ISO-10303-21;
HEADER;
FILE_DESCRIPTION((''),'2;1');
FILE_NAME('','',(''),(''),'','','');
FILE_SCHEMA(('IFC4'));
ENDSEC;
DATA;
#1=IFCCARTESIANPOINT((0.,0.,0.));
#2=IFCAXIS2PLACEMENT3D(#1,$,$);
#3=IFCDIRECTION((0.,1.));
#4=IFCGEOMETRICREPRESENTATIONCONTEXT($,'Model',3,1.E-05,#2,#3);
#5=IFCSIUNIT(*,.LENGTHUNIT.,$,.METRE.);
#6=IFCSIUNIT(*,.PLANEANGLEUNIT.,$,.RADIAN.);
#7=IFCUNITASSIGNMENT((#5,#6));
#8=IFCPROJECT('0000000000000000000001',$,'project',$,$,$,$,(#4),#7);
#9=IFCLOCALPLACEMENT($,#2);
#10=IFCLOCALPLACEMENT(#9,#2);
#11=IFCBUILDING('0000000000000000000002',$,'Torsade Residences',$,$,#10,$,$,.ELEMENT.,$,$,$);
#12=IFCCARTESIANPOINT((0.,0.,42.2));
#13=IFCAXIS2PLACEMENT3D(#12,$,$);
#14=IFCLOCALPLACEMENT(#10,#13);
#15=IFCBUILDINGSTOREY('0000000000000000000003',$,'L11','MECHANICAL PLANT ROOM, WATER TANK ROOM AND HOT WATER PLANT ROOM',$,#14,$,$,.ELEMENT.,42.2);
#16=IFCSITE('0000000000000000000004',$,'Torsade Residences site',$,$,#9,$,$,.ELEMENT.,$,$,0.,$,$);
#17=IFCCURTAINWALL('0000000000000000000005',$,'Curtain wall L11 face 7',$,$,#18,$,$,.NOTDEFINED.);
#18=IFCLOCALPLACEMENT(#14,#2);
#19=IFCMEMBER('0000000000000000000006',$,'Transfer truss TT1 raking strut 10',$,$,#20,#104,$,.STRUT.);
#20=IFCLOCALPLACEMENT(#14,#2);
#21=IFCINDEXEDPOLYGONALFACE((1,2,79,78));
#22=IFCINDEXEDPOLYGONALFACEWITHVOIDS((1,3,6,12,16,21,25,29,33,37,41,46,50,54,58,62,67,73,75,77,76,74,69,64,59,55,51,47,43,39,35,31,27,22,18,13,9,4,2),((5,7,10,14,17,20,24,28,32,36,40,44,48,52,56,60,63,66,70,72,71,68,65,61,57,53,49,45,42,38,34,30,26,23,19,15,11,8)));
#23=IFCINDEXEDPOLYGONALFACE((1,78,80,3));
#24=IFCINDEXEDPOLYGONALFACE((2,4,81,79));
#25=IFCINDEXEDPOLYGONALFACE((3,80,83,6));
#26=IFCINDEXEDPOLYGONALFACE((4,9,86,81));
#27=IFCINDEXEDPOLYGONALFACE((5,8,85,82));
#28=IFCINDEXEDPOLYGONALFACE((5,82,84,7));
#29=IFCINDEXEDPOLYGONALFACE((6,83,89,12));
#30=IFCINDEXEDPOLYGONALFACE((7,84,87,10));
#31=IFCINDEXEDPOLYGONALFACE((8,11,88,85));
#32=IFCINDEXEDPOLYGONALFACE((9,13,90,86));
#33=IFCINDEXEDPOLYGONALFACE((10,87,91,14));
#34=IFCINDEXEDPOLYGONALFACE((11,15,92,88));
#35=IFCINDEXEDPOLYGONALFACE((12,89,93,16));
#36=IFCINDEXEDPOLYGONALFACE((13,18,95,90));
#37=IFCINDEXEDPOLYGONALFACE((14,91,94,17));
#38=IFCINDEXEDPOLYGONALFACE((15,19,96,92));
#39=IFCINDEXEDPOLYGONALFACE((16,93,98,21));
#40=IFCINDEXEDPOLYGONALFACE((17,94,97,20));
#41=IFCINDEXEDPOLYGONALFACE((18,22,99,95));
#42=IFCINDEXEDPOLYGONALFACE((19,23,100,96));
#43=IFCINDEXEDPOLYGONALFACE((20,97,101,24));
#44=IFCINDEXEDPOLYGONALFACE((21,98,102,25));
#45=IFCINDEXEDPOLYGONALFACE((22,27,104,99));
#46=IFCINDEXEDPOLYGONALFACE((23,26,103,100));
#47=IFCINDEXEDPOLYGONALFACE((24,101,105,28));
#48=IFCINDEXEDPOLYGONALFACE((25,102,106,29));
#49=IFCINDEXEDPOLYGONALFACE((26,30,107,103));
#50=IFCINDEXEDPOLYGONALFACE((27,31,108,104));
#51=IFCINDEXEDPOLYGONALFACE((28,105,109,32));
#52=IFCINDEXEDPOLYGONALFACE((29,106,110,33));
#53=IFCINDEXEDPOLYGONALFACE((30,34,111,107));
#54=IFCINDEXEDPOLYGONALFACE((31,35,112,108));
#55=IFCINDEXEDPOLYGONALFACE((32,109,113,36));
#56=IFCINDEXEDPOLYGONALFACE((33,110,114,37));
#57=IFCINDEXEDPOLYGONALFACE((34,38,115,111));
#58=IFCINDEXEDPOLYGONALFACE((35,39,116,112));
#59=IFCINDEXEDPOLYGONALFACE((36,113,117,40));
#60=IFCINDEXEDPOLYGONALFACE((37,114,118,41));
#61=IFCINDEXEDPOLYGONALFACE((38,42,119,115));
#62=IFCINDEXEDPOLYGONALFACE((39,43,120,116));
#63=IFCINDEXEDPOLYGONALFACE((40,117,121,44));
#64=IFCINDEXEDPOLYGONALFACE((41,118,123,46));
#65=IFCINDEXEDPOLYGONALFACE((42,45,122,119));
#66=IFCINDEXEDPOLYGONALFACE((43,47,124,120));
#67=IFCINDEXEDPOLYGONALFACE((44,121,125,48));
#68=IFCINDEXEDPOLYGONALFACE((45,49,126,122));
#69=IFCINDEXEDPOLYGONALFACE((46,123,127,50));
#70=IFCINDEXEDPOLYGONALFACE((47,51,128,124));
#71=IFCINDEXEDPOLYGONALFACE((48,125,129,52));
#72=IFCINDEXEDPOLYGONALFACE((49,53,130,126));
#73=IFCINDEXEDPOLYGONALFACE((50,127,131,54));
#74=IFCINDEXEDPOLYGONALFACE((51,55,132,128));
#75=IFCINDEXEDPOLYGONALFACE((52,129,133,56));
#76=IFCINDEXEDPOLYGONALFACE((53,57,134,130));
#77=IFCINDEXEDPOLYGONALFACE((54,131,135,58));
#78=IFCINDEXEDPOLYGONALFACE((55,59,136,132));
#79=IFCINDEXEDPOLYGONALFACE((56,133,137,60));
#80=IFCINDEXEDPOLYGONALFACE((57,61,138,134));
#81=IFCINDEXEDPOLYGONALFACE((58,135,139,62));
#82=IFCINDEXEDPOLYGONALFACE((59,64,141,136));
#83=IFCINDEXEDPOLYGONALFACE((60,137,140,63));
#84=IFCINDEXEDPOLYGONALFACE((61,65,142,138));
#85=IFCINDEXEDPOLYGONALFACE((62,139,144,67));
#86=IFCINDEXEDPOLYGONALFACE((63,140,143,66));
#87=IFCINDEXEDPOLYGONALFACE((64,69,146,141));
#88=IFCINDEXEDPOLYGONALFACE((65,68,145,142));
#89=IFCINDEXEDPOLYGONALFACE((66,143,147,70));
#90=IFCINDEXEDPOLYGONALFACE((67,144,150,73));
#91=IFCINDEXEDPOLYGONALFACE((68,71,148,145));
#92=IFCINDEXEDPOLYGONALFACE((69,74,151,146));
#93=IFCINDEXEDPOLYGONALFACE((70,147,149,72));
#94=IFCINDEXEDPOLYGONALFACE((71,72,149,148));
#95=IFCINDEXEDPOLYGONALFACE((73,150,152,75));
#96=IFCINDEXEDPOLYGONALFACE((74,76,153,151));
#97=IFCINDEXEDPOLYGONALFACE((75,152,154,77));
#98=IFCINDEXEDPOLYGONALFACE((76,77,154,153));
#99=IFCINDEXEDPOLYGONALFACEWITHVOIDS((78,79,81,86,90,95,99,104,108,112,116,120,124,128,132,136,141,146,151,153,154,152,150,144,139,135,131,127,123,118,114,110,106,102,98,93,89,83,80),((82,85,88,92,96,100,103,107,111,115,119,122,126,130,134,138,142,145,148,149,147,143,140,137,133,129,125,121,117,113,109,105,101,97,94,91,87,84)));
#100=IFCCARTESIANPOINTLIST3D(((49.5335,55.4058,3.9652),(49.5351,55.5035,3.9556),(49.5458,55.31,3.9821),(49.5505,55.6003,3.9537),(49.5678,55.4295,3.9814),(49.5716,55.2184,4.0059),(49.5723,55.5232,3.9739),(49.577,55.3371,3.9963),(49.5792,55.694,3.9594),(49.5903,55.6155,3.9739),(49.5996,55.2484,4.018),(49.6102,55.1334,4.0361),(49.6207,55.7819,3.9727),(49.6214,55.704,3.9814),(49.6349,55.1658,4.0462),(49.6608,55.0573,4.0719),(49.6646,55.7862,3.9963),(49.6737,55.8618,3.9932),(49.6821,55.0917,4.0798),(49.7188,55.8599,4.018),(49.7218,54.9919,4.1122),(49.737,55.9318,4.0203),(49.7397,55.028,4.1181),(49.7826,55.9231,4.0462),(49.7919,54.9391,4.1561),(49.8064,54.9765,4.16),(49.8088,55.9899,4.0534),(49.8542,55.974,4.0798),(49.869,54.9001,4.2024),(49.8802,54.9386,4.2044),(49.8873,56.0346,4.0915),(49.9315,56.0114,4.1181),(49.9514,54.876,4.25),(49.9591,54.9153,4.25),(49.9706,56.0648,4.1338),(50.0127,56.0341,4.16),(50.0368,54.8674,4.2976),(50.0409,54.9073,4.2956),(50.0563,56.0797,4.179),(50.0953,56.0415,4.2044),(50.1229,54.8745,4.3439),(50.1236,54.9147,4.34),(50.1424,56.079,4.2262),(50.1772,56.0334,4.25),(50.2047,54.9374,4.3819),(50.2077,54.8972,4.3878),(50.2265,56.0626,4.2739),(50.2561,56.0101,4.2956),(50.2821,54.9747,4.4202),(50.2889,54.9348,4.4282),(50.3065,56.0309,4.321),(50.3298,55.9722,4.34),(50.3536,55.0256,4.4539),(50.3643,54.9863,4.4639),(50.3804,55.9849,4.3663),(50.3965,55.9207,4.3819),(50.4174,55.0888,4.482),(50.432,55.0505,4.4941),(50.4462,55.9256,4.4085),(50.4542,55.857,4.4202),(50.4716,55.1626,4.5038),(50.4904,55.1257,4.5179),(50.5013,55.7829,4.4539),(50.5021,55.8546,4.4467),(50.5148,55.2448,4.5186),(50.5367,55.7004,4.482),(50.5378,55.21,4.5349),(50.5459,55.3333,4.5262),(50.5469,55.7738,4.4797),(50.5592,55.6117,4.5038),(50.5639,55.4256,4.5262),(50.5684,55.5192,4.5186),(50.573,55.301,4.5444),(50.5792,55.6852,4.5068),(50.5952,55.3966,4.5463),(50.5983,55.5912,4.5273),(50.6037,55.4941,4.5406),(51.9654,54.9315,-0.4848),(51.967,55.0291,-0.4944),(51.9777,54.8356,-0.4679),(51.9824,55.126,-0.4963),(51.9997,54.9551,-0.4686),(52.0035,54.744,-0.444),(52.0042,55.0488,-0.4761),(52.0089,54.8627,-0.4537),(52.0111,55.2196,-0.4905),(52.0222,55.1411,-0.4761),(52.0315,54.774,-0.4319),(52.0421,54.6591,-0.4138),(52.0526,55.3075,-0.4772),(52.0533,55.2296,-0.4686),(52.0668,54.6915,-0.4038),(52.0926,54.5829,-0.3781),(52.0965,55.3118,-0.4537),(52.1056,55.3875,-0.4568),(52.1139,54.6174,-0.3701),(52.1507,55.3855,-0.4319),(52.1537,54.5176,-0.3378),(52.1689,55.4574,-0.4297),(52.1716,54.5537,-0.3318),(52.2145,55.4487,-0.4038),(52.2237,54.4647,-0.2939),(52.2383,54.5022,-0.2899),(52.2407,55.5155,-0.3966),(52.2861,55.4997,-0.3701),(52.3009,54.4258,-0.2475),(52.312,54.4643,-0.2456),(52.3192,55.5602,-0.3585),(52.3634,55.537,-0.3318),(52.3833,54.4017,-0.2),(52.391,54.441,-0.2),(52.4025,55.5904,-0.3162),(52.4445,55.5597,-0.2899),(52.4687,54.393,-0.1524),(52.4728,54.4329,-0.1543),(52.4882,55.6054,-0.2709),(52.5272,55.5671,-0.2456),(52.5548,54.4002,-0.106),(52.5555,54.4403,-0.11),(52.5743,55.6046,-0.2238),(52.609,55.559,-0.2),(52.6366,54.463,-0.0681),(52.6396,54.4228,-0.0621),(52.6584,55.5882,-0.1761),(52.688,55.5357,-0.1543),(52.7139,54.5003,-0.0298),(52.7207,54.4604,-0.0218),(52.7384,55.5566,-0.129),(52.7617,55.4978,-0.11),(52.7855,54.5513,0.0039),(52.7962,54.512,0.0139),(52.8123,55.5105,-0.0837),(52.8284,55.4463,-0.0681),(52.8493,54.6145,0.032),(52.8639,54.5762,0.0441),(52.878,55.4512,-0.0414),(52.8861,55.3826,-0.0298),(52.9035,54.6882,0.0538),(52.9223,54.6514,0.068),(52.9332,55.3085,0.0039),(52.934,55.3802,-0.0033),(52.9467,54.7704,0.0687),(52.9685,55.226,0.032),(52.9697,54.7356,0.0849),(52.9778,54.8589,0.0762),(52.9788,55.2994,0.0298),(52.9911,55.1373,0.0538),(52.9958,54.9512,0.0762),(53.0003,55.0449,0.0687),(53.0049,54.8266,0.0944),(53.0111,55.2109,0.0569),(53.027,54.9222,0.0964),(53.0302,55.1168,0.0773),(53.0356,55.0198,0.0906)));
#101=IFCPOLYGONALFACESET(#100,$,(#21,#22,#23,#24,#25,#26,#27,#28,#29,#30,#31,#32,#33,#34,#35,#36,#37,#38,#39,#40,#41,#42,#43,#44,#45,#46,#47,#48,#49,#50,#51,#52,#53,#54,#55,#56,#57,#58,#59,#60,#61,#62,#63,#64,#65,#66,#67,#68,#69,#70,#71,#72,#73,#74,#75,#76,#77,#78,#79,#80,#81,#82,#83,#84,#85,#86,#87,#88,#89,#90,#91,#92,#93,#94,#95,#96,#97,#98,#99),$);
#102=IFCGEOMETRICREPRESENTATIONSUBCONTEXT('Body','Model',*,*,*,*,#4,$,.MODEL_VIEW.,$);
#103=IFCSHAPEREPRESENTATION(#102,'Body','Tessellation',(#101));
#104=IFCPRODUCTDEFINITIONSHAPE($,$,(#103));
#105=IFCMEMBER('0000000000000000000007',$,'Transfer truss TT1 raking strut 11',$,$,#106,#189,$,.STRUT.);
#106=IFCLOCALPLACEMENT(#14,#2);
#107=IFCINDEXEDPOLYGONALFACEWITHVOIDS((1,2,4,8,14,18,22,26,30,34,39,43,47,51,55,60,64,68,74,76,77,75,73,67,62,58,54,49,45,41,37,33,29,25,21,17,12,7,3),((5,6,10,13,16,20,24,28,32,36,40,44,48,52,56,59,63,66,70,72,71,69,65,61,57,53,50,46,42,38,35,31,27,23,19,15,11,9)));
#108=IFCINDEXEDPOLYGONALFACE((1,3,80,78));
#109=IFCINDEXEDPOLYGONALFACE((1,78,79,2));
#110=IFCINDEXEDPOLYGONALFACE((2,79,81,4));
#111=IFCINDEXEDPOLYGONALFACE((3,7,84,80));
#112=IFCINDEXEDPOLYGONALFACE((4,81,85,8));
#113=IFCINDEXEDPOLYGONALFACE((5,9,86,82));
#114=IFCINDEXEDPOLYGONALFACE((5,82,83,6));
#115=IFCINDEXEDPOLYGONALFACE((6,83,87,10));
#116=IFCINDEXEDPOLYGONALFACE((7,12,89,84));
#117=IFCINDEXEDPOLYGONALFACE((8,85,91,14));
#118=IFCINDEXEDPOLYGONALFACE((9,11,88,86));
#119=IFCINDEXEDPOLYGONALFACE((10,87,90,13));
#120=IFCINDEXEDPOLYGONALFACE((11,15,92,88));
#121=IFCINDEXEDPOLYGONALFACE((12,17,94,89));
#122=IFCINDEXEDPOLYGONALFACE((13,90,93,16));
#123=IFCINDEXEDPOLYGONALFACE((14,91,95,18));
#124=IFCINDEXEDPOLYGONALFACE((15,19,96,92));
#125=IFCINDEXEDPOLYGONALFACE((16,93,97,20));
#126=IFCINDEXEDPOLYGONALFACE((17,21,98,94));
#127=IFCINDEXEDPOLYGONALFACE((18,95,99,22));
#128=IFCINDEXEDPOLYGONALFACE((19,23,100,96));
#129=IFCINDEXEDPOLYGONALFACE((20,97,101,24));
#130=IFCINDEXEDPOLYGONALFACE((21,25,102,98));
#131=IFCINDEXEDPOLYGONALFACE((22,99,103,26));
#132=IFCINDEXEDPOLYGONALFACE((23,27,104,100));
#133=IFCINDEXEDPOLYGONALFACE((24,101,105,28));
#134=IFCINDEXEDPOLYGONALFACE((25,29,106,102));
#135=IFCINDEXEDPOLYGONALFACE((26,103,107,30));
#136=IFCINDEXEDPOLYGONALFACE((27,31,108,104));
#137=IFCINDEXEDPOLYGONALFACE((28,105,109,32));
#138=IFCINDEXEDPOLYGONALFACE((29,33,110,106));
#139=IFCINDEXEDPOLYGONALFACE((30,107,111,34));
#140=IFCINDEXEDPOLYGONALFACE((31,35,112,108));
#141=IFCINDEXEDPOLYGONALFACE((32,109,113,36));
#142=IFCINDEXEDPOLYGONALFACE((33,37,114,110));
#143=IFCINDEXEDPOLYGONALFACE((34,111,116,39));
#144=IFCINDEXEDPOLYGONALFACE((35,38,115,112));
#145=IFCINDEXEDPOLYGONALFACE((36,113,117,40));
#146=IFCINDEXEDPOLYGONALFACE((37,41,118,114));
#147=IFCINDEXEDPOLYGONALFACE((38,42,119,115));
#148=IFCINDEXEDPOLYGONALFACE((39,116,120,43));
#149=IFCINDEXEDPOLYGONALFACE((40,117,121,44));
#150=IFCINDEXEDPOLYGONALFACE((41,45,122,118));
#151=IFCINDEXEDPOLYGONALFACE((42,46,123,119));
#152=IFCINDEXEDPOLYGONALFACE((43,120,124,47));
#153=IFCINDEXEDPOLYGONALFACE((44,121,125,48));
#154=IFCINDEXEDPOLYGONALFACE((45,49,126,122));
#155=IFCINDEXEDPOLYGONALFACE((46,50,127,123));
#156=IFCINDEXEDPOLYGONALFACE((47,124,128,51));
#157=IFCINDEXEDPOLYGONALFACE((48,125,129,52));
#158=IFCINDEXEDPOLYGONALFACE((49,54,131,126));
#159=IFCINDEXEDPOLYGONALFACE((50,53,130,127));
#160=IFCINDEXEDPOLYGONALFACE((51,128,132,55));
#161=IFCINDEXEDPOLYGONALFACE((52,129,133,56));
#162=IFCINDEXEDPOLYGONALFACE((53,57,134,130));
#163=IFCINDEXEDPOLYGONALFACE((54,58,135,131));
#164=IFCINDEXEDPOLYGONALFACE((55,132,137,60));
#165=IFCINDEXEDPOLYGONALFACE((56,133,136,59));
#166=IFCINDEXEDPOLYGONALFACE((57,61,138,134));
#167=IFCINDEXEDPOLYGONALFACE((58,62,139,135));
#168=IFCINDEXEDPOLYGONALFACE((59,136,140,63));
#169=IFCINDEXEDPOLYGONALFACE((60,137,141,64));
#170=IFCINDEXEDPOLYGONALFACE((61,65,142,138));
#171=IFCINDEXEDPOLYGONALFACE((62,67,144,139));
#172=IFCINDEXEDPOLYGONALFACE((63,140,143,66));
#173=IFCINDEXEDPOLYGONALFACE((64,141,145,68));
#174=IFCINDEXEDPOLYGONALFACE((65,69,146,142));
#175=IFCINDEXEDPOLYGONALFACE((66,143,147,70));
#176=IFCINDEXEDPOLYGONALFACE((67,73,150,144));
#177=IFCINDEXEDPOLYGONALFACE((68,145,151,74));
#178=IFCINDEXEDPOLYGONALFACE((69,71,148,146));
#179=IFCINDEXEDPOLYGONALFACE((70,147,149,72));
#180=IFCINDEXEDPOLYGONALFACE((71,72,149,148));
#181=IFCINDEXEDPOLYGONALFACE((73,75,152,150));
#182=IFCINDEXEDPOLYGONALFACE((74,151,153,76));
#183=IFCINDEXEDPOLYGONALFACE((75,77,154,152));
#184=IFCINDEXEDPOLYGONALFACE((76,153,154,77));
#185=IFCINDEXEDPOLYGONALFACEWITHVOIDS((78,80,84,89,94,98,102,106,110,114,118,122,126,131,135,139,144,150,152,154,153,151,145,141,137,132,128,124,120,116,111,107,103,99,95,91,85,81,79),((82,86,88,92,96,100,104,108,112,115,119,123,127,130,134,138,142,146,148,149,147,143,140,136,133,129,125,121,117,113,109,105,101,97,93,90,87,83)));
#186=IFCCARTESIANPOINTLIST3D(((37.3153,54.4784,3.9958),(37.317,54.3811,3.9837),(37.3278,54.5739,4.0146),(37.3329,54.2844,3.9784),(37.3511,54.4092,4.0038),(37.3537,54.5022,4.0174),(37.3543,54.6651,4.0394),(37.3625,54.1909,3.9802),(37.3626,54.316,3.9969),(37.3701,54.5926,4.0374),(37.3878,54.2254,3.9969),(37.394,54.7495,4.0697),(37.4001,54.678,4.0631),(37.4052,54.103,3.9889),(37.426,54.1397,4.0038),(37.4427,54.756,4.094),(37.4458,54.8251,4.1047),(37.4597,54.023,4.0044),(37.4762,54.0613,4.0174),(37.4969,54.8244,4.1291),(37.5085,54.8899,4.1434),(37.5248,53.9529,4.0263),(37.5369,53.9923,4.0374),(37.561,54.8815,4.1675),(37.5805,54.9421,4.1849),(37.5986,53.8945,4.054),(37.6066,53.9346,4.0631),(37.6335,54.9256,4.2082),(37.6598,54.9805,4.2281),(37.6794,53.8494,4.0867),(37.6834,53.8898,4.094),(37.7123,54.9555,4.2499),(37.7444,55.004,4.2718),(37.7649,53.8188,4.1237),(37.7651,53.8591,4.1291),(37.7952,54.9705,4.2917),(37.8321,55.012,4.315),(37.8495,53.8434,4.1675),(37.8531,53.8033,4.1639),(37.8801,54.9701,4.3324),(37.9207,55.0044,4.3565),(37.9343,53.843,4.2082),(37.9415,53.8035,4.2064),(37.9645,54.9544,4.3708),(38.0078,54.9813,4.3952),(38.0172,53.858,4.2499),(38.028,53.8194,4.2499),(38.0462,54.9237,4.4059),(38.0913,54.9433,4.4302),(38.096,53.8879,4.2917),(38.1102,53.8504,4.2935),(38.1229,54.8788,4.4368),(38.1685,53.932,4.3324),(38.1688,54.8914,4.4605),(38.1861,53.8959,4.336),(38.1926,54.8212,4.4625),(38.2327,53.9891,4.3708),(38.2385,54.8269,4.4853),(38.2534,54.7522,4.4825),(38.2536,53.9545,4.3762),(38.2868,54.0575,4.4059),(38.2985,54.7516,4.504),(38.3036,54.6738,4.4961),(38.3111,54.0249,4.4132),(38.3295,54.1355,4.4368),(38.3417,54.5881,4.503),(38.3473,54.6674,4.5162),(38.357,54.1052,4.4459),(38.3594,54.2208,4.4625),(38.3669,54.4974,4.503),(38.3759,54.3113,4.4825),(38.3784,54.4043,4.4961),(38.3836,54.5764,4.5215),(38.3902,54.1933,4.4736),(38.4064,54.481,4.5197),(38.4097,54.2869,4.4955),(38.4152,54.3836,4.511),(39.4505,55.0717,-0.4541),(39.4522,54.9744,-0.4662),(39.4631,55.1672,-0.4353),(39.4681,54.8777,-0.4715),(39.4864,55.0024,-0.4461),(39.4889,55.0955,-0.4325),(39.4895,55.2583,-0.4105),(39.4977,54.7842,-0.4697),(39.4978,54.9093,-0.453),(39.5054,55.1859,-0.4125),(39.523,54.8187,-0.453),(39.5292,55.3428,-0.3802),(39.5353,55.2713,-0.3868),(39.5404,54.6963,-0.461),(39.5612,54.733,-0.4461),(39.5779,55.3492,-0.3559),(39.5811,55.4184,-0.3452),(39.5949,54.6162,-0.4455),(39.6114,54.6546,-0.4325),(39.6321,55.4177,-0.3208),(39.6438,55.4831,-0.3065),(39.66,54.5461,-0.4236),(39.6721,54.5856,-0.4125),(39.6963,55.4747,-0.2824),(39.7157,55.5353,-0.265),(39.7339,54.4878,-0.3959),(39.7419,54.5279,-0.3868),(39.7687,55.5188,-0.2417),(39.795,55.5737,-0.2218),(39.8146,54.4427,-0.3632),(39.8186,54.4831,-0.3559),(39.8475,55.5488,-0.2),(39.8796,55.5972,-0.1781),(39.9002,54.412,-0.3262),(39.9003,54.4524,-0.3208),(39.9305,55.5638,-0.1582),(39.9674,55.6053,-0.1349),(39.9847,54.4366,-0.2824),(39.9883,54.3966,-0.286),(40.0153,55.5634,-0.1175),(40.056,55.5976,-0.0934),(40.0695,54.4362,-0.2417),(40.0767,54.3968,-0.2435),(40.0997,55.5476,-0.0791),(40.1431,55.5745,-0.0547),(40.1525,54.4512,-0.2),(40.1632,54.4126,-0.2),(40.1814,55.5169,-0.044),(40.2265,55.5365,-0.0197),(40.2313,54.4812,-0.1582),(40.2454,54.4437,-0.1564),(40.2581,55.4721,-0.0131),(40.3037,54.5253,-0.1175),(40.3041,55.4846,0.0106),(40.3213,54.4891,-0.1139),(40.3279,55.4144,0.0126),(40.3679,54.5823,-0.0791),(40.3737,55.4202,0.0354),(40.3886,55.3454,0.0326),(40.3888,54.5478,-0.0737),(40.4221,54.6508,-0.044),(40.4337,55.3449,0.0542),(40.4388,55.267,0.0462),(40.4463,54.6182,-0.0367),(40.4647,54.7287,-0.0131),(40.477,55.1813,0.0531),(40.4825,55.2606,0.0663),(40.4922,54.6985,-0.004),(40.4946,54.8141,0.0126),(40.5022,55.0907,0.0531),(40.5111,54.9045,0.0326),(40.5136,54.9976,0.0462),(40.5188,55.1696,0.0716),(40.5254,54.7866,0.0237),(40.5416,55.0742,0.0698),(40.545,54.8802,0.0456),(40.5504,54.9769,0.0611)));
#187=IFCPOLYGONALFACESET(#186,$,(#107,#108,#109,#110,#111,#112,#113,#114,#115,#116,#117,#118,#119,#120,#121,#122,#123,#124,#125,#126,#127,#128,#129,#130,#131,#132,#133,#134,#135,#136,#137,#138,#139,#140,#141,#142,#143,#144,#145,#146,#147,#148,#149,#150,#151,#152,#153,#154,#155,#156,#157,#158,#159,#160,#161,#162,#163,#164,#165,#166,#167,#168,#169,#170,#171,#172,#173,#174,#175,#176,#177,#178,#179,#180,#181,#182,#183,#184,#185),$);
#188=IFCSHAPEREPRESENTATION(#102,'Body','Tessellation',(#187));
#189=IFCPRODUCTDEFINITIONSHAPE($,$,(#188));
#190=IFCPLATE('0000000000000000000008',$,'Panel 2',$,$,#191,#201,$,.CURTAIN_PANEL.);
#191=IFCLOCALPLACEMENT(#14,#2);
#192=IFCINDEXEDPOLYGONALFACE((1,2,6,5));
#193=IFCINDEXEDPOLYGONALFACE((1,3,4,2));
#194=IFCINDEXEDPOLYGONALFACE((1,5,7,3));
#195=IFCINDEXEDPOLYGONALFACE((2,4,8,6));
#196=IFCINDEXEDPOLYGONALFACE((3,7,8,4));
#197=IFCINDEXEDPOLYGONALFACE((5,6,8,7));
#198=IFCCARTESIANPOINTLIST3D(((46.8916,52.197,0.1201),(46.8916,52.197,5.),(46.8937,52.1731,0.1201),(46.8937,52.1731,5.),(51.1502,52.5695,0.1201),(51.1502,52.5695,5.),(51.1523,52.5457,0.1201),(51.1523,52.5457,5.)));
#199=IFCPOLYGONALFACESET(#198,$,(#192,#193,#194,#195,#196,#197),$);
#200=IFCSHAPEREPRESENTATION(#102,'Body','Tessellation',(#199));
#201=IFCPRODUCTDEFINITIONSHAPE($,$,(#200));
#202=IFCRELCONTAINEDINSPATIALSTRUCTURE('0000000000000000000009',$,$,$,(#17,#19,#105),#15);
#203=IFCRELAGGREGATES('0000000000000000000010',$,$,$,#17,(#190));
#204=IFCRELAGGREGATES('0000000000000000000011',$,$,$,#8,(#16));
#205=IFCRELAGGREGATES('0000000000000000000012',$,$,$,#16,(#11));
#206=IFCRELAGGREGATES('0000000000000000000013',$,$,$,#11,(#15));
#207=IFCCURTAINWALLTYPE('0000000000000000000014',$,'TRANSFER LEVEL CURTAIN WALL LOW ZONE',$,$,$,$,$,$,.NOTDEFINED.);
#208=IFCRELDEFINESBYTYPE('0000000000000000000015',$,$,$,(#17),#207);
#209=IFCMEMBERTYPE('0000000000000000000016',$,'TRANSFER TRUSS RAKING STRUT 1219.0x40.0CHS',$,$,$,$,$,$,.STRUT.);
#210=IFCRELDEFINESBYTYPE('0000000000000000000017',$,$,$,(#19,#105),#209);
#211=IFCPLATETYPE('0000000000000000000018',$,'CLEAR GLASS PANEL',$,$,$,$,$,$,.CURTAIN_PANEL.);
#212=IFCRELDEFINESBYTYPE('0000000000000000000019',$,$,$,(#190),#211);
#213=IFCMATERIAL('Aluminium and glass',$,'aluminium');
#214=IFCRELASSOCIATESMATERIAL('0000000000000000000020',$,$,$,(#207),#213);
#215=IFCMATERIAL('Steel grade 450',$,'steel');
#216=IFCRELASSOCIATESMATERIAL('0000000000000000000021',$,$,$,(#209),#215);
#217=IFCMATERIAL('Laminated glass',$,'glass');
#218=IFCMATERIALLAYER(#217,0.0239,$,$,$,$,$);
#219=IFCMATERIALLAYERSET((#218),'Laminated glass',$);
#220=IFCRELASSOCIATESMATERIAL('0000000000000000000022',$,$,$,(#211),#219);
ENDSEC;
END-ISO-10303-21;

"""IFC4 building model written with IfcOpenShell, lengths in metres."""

from ifc_helpers import new_model, si_unit, direction, frame, origin, origin_2d, place, context, subcontext, project, spatial, rectangle, hollow_circle, extrude, material, layer, layer_set, material_profile, profile_set, type_object, element, aggregate, save


model = new_model("IFC4")

# Units and contexts
model_context = context("Model", 3, precision=1e-05, world=origin(), true_north=direction((0.0, 1.0)))
body_context = subcontext(model_context, "Body", "Model", "MODEL_VIEW")
ifc_project = project(units=[si_unit("LENGTHUNIT", "METRE"), si_unit("PLANEANGLEUNIT", "RADIAN")], contexts=[model_context])

# Site, building, storey
site_placement = place(None, origin())
site = spatial("IfcSite", under=ifc_project, at=site_placement, Name="Torsade Residences site", CompositionType="ELEMENT", RefElevation=0.0)
building_placement = place(site_placement, origin())
building = spatial("IfcBuilding", under=site, at=building_placement, Name="Torsade Residences", CompositionType="ELEMENT")
storey_placement = place(building_placement, frame((0.0, 0.0, 42.2)))
storey = spatial("IfcBuildingStorey", under=building, at=storey_placement, Name="L11", Description="MECHANICAL PLANT ROOM, WATER TANK ROOM AND HOT WATER PLANT ROOM", CompositionType="ELEMENT", Elevation=42.2)

# Curtain wall
ifc_material_1 = material(Name="Aluminium and glass", Category="aluminium")
curtain_wall_type = type_object("IfcCurtainWallType", Name="TRANSFER LEVEL CURTAIN WALL LOW ZONE", PredefinedType="NOTDEFINED", material=ifc_material_1)
curtain_wall_placement = place(storey_placement, origin())
curtain_wall = element("IfcCurtainWall", 1, at=curtain_wall_placement, inside=storey, type_object=curtain_wall_type, Name="Curtain wall L11 face 7", PredefinedType="NOTDEFINED")

# Members
ifc_material_2 = material(Name="Steel grade 450", Category="steel")
ifc_material_profile_1 = material_profile(ifc_material_2, hollow_circle(Radius=0.6096, WallThickness=0.04, at=origin_2d()), Name="1219.0x40.0CHS")
ifc_profile_set_1 = profile_set([ifc_material_profile_1], Name="Steel grade 450")
member_type_1 = type_object("IfcMemberType", Name="TRANSFER TRUSS RAKING STRUT 1219.0x40.0CHS", PredefinedType="STRUT", material=ifc_profile_set_1)
member_1_placement = place(storey_placement, frame((52.5, 55.0, -0.2), z_axis=(-0.477473, 0.093136, 0.873697), x_axis=(-0.191452, -0.981502, 0.0)))
element("IfcMember", 2, at=member_1_placement, inside=storey, type_object=member_type_1, Name="Transfer truss TT1 raking strut 10", PredefinedType="STRUT", context=body_context, shape_type="SweptSolid", body=[
    extrude(hollow_circle(Radius=0.6096, WallThickness=0.04, at=origin_2d()), origin(), (0.0, 0.0, 1.0), 5.0933),
])
member_2_placement = place(storey_placement, frame((40.0, 55.0, -0.2), z_axis=(-0.42952, -0.119339, 0.895137), x_axis=(0.267701, -0.963502, 0.0)))
element("IfcMember", 3, at=member_2_placement, inside=storey, type_object=member_type_1, Name="Transfer truss TT1 raking strut 11", PredefinedType="STRUT", context=body_context, shape_type="SweptSolid", body=[
    extrude(hollow_circle(Radius=0.6096, WallThickness=0.04, at=origin_2d()), origin(), (0.0, 0.0, 1.0), 4.9712),
])

# Plate
ifc_material_3 = material(Name="Laminated glass", Category="glass")
ifc_layer_1 = layer(ifc_material_3, 0.0239)
ifc_layer_set_1 = layer_set([ifc_layer_1], Name="Laminated glass")
plate_type = type_object("IfcPlateType", Name="CLEAR GLASS PANEL", PredefinedType="CURTAIN_PANEL", material=ifc_layer_set_1)
plate_1_placement = place(storey_placement, frame((49.022, 52.3713, 0.1201), z_axis=(0.0, 0.0, 1.0), x_axis=(-0.996195, -0.087156, 0.0)))
plate_1 = element("IfcPlate", 4, at=plate_1_placement, type_object=plate_type, Name="Panel 2", PredefinedType="CURTAIN_PANEL", context=body_context, shape_type="SweptSolid", body=[
    extrude(rectangle(XDim=4.2749, YDim=0.0239, at=origin_2d()), origin(), (0.0, 0.0, 1.0), 4.8799),
])
aggregate(curtain_wall, [plate_1])

save(model, "model.ifc")
